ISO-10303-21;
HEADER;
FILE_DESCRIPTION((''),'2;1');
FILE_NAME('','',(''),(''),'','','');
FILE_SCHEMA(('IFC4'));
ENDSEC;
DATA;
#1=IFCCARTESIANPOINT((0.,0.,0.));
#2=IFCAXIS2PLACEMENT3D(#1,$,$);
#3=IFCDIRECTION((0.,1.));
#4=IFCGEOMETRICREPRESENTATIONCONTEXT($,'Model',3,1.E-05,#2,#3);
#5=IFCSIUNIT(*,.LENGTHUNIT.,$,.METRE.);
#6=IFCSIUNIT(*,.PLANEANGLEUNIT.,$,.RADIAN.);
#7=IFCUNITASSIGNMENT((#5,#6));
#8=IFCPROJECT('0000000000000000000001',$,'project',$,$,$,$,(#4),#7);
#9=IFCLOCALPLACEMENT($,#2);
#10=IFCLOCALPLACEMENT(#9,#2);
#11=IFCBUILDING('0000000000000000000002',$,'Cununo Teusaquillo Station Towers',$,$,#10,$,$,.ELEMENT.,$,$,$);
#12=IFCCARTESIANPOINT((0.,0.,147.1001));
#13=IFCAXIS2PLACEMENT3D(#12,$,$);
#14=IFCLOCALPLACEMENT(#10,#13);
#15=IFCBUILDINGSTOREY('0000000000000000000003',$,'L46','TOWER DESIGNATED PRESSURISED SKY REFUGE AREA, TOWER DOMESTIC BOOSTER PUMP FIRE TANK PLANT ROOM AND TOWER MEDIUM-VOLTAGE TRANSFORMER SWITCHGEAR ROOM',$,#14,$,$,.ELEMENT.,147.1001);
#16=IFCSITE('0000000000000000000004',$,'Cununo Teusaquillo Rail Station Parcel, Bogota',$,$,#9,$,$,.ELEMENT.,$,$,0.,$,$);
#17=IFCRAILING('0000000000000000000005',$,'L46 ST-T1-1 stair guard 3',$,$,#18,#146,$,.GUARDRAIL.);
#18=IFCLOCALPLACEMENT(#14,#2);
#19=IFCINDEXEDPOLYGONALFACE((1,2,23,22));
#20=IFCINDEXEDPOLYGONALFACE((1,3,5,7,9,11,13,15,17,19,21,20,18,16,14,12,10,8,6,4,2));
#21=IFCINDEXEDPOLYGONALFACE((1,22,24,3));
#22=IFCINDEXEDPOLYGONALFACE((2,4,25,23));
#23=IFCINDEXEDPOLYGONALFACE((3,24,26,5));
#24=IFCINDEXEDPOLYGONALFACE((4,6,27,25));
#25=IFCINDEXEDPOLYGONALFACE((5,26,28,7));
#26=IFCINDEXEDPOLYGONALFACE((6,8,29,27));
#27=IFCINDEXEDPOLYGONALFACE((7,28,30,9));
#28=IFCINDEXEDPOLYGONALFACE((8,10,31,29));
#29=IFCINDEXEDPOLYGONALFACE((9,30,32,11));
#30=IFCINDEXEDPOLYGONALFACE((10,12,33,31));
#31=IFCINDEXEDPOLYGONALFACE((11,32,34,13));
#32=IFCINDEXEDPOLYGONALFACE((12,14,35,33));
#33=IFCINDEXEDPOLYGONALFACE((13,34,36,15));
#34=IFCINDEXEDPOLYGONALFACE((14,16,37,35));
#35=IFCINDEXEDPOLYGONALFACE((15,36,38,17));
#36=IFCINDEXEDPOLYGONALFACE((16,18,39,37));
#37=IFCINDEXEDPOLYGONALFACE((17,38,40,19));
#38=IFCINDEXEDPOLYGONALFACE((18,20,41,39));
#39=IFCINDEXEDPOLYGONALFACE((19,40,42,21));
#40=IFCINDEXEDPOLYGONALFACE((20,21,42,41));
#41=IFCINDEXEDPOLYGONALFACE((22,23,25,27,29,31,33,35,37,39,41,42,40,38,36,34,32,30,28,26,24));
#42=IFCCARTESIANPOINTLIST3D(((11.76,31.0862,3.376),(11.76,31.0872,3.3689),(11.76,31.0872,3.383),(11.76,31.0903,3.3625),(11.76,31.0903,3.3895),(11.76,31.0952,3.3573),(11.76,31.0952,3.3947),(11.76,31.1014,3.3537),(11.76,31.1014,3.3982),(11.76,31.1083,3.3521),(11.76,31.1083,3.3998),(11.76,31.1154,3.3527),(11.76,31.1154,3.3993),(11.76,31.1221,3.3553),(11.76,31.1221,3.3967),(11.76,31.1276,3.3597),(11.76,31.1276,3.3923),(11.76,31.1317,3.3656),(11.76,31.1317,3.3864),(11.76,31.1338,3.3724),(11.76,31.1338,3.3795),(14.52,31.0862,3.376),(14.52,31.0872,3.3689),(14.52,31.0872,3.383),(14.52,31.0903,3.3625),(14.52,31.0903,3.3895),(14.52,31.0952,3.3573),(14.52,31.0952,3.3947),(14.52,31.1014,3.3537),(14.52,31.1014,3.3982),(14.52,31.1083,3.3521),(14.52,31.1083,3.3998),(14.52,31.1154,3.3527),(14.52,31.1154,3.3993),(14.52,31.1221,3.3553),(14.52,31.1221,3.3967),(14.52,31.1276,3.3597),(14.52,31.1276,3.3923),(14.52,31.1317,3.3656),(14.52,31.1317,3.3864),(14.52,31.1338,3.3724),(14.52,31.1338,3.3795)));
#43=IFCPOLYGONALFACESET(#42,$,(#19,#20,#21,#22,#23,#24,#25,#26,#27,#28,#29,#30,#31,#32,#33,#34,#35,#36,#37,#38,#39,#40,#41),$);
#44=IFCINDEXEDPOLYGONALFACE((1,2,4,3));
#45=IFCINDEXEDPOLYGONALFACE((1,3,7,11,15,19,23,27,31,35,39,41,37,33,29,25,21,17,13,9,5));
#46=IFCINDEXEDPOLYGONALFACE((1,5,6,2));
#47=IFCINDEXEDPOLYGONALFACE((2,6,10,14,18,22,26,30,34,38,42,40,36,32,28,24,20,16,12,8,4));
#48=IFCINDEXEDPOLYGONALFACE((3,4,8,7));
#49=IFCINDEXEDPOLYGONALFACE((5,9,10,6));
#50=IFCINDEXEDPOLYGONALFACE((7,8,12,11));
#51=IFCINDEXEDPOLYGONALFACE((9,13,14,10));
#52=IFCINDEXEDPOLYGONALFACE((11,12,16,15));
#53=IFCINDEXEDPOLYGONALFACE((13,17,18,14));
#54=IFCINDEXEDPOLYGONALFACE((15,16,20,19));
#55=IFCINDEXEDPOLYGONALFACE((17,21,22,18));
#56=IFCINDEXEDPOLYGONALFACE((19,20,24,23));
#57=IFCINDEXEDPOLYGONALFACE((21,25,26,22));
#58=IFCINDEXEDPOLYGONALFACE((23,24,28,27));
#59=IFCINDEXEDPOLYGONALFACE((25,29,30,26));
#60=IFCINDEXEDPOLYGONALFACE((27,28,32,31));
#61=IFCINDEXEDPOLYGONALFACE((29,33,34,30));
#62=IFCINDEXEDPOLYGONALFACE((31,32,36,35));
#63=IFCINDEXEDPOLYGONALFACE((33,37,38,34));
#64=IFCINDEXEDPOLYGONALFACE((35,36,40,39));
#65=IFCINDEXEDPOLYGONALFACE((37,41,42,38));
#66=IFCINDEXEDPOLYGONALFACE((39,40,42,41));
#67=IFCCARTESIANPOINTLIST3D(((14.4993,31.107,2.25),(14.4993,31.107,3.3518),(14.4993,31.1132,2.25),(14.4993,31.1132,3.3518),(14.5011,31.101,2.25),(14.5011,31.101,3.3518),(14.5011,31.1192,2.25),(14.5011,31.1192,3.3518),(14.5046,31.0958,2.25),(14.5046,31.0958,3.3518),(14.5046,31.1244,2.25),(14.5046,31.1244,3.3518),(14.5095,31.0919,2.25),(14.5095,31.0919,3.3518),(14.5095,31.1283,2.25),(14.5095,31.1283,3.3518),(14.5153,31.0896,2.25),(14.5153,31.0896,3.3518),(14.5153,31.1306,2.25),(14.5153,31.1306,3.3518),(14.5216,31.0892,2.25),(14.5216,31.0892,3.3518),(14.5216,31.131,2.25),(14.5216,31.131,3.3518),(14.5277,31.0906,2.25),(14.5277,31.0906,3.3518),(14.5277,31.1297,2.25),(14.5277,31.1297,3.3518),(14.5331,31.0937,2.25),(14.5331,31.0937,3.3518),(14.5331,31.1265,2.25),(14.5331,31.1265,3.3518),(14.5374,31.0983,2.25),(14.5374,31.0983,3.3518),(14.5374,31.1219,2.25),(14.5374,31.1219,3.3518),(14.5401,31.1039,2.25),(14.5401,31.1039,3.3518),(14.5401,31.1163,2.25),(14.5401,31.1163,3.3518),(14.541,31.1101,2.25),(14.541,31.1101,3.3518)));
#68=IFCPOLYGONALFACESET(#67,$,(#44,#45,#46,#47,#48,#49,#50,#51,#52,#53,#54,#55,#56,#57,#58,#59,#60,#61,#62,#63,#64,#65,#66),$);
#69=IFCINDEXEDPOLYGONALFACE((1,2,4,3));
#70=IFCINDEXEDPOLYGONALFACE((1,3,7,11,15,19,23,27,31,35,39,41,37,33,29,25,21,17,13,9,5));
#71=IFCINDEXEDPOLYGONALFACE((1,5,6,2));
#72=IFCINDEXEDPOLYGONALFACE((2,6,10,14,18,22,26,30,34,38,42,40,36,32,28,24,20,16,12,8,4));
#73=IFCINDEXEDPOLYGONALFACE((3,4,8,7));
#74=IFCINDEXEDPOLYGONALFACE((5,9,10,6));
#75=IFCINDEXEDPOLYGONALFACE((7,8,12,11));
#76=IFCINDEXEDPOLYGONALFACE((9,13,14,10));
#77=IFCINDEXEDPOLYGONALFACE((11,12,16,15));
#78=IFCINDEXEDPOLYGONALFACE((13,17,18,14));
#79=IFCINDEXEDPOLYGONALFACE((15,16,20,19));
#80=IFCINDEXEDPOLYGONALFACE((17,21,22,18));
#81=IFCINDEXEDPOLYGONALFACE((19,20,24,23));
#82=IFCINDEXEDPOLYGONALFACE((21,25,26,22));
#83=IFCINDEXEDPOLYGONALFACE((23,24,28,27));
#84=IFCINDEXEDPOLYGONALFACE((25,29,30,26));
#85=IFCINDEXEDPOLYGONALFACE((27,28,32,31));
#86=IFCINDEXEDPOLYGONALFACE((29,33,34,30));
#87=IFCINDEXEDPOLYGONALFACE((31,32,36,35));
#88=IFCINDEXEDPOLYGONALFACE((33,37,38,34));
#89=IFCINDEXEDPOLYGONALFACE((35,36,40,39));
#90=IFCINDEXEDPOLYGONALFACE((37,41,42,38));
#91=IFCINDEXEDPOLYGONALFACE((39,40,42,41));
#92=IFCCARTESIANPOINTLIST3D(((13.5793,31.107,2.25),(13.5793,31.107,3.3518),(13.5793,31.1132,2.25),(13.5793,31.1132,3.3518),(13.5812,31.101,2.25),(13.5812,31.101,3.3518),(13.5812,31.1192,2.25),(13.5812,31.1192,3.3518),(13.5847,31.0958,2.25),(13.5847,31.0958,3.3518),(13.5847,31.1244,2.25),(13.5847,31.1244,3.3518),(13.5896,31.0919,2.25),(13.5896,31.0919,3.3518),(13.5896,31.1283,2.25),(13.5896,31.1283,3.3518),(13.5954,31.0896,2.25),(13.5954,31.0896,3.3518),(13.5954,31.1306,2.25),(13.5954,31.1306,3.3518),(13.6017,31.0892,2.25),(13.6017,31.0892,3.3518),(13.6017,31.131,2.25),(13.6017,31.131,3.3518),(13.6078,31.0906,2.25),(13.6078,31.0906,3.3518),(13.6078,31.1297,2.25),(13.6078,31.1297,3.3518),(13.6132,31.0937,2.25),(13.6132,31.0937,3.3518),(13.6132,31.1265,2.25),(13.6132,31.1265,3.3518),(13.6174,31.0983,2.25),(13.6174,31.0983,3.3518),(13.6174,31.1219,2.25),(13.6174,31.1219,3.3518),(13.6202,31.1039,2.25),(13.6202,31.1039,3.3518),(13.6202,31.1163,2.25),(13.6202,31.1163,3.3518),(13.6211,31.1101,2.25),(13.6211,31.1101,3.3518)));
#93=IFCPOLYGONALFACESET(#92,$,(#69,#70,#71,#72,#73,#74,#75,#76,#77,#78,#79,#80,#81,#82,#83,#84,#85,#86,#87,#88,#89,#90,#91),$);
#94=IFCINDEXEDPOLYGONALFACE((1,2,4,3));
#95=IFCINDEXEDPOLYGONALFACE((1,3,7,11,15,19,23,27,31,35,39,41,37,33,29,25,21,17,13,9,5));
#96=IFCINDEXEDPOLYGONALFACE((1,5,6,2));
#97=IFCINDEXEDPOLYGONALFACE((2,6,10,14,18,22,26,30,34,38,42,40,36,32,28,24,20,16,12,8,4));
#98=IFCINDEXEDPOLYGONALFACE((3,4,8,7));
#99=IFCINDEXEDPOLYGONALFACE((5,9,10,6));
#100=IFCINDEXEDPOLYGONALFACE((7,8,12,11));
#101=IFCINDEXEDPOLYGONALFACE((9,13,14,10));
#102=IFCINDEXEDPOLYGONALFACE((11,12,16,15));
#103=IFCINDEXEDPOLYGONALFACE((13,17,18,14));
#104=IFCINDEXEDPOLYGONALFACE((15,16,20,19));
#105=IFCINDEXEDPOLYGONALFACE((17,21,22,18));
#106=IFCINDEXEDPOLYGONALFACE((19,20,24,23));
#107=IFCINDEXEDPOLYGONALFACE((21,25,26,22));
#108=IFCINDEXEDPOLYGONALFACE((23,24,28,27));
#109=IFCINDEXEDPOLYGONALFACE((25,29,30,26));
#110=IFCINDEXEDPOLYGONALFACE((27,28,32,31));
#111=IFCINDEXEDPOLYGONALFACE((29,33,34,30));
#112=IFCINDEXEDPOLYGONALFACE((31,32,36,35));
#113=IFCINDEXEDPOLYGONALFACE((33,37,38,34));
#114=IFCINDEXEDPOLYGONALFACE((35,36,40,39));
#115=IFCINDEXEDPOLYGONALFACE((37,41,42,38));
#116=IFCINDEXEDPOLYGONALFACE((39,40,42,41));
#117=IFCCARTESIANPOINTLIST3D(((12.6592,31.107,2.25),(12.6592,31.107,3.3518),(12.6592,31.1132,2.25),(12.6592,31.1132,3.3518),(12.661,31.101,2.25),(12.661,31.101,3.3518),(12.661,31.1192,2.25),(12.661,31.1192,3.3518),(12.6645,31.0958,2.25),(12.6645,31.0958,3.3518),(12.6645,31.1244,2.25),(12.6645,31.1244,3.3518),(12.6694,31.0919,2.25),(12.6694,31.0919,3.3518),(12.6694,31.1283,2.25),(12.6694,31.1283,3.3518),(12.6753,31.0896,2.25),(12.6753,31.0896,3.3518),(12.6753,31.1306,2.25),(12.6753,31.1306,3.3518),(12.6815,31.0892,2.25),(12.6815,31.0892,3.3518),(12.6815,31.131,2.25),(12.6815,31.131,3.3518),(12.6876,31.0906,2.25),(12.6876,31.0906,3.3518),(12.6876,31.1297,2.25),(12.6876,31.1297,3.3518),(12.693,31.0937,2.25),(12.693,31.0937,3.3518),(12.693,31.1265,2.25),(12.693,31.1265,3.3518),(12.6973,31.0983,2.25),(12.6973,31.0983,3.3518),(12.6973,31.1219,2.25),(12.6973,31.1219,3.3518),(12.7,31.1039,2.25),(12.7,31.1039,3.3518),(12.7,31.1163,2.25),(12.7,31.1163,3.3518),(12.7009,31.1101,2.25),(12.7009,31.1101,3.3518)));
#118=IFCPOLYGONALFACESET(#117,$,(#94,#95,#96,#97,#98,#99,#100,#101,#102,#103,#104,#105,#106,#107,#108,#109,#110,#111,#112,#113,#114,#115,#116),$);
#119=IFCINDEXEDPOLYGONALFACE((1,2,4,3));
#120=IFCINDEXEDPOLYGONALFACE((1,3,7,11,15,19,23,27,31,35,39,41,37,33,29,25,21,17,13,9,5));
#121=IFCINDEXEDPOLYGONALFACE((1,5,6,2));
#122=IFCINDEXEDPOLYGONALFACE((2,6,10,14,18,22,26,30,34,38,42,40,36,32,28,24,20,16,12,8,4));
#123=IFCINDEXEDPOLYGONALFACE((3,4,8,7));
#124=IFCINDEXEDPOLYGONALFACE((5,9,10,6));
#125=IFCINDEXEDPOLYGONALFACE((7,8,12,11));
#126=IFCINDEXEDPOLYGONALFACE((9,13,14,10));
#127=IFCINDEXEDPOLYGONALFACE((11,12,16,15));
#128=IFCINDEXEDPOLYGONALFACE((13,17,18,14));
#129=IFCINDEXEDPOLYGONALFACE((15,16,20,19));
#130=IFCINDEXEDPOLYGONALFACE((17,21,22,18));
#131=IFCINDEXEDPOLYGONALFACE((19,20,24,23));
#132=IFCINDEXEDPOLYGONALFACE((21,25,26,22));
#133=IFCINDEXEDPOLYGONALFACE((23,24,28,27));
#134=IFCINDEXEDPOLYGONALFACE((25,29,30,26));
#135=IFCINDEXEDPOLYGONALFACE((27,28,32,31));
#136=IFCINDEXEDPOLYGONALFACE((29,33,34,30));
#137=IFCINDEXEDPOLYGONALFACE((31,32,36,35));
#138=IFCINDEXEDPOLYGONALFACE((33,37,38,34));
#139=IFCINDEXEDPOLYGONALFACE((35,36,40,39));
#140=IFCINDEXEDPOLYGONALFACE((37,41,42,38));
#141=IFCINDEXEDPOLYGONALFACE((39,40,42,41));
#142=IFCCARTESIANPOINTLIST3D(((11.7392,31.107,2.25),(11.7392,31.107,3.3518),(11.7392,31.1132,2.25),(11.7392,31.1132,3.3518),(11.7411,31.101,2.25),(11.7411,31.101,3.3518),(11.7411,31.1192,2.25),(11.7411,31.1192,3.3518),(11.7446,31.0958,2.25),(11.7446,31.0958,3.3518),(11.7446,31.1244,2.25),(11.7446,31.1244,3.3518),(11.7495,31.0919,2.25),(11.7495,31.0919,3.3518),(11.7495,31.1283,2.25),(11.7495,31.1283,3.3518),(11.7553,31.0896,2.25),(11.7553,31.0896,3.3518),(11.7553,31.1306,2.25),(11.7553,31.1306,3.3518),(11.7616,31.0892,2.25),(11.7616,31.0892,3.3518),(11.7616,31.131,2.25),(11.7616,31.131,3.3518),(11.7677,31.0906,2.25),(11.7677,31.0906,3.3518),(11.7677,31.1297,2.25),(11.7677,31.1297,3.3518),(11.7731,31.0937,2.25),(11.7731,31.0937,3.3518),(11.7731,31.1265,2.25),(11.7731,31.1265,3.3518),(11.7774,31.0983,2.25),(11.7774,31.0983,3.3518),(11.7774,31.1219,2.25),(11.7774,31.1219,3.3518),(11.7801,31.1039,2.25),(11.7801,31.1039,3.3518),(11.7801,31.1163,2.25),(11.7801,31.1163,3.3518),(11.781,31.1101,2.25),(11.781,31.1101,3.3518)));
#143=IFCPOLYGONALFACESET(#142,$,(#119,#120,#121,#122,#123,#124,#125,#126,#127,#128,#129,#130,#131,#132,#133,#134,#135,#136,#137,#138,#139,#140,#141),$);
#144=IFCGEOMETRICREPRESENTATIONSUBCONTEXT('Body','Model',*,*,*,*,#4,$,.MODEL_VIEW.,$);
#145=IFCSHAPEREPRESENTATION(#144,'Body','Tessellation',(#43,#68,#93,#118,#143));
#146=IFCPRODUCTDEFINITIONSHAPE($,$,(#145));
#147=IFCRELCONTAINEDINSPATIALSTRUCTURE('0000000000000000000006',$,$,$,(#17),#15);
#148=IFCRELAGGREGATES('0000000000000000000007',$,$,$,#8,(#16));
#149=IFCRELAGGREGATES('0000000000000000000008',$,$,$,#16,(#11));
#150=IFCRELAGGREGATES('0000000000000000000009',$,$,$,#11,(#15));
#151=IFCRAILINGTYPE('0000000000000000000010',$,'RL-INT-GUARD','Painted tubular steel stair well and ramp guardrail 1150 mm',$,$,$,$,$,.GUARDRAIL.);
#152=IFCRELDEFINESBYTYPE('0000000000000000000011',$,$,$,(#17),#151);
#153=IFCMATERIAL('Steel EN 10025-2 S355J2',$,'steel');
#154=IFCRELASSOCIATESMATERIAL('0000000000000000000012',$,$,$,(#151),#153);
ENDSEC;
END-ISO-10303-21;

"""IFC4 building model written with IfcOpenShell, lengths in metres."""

from ifc_helpers import new_model, si_unit, direction, frame, origin, origin_2d, place, context, subcontext, project, spatial, circle, extrude, material, type_object, element, save


model = new_model("IFC4")

# Units and contexts
model_context = context("Model", 3, precision=1e-05, world=origin(), true_north=direction((0.0, 1.0)))
body_context = subcontext(model_context, "Body", "Model", "MODEL_VIEW")
ifc_project = project(units=[si_unit("LENGTHUNIT", "METRE"), si_unit("PLANEANGLEUNIT", "RADIAN")], contexts=[model_context])

# Site, building, storey
site_placement = place(None, origin())
site = spatial("IfcSite", under=ifc_project, at=site_placement, Name="Cununo Teusaquillo Rail Station Parcel, Bogota", CompositionType="ELEMENT", RefElevation=0.0)
building_placement = place(site_placement, origin())
building = spatial("IfcBuilding", under=site, at=building_placement, Name="Cununo Teusaquillo Station Towers", CompositionType="ELEMENT")
storey_placement = place(building_placement, frame((0.0, 0.0, 147.1001)))
storey = spatial("IfcBuildingStorey", under=building, at=storey_placement, Name="L46", Description="TOWER DESIGNATED PRESSURISED SKY REFUGE AREA, TOWER DOMESTIC BOOSTER PUMP FIRE TANK PLANT ROOM AND TOWER MEDIUM-VOLTAGE TRANSFORMER SWITCHGEAR ROOM", CompositionType="ELEMENT", Elevation=147.1001)

# Railing
ifc_material_1 = material(Name="Steel EN 10025-2 S355J2", Category="steel")
railing_type_1 = type_object("IfcRailingType", Name="RL-INT-GUARD", Description="Painted tubular steel stair well and ramp guardrail 1150 mm", PredefinedType="GUARDRAIL", material=ifc_material_1)
railing_1_placement = place(storey_placement, frame((14.52, 31.1101, 2.25)))
element("IfcRailing", 1, at=railing_1_placement, inside=storey, type_object=railing_type_1, Name="L46 ST-T1-1 stair guard 3", PredefinedType="GUARDRAIL", context=body_context, shape_type="SweptSolid", body=[
    extrude(circle(Radius=0.0239, at=origin_2d()), frame((0.0, 0.0, 1.126), z_axis=(-1.0, 0.0, 0.0), x_axis=(0.0, -1.0, 0.0)), (0.0, 0.0, 1.0), 2.76),
    extrude(circle(Radius=0.021, at=origin_2d()), origin(), (0.0, 0.0, 1.0), 1.1018),
    extrude(circle(Radius=0.021, at=origin_2d()), frame((-0.9199, 0.0, 0.0)), (0.0, 0.0, 1.0), 1.1018),
    extrude(circle(Radius=0.021, at=origin_2d()), frame((-1.8401, 0.0, 0.0)), (0.0, 0.0, 1.0), 1.1018),
    extrude(circle(Radius=0.021, at=origin_2d()), frame((-2.76, 0.0, 0.0)), (0.0, 0.0, 1.0), 1.1018),
])

save(model, "model.ifc")
